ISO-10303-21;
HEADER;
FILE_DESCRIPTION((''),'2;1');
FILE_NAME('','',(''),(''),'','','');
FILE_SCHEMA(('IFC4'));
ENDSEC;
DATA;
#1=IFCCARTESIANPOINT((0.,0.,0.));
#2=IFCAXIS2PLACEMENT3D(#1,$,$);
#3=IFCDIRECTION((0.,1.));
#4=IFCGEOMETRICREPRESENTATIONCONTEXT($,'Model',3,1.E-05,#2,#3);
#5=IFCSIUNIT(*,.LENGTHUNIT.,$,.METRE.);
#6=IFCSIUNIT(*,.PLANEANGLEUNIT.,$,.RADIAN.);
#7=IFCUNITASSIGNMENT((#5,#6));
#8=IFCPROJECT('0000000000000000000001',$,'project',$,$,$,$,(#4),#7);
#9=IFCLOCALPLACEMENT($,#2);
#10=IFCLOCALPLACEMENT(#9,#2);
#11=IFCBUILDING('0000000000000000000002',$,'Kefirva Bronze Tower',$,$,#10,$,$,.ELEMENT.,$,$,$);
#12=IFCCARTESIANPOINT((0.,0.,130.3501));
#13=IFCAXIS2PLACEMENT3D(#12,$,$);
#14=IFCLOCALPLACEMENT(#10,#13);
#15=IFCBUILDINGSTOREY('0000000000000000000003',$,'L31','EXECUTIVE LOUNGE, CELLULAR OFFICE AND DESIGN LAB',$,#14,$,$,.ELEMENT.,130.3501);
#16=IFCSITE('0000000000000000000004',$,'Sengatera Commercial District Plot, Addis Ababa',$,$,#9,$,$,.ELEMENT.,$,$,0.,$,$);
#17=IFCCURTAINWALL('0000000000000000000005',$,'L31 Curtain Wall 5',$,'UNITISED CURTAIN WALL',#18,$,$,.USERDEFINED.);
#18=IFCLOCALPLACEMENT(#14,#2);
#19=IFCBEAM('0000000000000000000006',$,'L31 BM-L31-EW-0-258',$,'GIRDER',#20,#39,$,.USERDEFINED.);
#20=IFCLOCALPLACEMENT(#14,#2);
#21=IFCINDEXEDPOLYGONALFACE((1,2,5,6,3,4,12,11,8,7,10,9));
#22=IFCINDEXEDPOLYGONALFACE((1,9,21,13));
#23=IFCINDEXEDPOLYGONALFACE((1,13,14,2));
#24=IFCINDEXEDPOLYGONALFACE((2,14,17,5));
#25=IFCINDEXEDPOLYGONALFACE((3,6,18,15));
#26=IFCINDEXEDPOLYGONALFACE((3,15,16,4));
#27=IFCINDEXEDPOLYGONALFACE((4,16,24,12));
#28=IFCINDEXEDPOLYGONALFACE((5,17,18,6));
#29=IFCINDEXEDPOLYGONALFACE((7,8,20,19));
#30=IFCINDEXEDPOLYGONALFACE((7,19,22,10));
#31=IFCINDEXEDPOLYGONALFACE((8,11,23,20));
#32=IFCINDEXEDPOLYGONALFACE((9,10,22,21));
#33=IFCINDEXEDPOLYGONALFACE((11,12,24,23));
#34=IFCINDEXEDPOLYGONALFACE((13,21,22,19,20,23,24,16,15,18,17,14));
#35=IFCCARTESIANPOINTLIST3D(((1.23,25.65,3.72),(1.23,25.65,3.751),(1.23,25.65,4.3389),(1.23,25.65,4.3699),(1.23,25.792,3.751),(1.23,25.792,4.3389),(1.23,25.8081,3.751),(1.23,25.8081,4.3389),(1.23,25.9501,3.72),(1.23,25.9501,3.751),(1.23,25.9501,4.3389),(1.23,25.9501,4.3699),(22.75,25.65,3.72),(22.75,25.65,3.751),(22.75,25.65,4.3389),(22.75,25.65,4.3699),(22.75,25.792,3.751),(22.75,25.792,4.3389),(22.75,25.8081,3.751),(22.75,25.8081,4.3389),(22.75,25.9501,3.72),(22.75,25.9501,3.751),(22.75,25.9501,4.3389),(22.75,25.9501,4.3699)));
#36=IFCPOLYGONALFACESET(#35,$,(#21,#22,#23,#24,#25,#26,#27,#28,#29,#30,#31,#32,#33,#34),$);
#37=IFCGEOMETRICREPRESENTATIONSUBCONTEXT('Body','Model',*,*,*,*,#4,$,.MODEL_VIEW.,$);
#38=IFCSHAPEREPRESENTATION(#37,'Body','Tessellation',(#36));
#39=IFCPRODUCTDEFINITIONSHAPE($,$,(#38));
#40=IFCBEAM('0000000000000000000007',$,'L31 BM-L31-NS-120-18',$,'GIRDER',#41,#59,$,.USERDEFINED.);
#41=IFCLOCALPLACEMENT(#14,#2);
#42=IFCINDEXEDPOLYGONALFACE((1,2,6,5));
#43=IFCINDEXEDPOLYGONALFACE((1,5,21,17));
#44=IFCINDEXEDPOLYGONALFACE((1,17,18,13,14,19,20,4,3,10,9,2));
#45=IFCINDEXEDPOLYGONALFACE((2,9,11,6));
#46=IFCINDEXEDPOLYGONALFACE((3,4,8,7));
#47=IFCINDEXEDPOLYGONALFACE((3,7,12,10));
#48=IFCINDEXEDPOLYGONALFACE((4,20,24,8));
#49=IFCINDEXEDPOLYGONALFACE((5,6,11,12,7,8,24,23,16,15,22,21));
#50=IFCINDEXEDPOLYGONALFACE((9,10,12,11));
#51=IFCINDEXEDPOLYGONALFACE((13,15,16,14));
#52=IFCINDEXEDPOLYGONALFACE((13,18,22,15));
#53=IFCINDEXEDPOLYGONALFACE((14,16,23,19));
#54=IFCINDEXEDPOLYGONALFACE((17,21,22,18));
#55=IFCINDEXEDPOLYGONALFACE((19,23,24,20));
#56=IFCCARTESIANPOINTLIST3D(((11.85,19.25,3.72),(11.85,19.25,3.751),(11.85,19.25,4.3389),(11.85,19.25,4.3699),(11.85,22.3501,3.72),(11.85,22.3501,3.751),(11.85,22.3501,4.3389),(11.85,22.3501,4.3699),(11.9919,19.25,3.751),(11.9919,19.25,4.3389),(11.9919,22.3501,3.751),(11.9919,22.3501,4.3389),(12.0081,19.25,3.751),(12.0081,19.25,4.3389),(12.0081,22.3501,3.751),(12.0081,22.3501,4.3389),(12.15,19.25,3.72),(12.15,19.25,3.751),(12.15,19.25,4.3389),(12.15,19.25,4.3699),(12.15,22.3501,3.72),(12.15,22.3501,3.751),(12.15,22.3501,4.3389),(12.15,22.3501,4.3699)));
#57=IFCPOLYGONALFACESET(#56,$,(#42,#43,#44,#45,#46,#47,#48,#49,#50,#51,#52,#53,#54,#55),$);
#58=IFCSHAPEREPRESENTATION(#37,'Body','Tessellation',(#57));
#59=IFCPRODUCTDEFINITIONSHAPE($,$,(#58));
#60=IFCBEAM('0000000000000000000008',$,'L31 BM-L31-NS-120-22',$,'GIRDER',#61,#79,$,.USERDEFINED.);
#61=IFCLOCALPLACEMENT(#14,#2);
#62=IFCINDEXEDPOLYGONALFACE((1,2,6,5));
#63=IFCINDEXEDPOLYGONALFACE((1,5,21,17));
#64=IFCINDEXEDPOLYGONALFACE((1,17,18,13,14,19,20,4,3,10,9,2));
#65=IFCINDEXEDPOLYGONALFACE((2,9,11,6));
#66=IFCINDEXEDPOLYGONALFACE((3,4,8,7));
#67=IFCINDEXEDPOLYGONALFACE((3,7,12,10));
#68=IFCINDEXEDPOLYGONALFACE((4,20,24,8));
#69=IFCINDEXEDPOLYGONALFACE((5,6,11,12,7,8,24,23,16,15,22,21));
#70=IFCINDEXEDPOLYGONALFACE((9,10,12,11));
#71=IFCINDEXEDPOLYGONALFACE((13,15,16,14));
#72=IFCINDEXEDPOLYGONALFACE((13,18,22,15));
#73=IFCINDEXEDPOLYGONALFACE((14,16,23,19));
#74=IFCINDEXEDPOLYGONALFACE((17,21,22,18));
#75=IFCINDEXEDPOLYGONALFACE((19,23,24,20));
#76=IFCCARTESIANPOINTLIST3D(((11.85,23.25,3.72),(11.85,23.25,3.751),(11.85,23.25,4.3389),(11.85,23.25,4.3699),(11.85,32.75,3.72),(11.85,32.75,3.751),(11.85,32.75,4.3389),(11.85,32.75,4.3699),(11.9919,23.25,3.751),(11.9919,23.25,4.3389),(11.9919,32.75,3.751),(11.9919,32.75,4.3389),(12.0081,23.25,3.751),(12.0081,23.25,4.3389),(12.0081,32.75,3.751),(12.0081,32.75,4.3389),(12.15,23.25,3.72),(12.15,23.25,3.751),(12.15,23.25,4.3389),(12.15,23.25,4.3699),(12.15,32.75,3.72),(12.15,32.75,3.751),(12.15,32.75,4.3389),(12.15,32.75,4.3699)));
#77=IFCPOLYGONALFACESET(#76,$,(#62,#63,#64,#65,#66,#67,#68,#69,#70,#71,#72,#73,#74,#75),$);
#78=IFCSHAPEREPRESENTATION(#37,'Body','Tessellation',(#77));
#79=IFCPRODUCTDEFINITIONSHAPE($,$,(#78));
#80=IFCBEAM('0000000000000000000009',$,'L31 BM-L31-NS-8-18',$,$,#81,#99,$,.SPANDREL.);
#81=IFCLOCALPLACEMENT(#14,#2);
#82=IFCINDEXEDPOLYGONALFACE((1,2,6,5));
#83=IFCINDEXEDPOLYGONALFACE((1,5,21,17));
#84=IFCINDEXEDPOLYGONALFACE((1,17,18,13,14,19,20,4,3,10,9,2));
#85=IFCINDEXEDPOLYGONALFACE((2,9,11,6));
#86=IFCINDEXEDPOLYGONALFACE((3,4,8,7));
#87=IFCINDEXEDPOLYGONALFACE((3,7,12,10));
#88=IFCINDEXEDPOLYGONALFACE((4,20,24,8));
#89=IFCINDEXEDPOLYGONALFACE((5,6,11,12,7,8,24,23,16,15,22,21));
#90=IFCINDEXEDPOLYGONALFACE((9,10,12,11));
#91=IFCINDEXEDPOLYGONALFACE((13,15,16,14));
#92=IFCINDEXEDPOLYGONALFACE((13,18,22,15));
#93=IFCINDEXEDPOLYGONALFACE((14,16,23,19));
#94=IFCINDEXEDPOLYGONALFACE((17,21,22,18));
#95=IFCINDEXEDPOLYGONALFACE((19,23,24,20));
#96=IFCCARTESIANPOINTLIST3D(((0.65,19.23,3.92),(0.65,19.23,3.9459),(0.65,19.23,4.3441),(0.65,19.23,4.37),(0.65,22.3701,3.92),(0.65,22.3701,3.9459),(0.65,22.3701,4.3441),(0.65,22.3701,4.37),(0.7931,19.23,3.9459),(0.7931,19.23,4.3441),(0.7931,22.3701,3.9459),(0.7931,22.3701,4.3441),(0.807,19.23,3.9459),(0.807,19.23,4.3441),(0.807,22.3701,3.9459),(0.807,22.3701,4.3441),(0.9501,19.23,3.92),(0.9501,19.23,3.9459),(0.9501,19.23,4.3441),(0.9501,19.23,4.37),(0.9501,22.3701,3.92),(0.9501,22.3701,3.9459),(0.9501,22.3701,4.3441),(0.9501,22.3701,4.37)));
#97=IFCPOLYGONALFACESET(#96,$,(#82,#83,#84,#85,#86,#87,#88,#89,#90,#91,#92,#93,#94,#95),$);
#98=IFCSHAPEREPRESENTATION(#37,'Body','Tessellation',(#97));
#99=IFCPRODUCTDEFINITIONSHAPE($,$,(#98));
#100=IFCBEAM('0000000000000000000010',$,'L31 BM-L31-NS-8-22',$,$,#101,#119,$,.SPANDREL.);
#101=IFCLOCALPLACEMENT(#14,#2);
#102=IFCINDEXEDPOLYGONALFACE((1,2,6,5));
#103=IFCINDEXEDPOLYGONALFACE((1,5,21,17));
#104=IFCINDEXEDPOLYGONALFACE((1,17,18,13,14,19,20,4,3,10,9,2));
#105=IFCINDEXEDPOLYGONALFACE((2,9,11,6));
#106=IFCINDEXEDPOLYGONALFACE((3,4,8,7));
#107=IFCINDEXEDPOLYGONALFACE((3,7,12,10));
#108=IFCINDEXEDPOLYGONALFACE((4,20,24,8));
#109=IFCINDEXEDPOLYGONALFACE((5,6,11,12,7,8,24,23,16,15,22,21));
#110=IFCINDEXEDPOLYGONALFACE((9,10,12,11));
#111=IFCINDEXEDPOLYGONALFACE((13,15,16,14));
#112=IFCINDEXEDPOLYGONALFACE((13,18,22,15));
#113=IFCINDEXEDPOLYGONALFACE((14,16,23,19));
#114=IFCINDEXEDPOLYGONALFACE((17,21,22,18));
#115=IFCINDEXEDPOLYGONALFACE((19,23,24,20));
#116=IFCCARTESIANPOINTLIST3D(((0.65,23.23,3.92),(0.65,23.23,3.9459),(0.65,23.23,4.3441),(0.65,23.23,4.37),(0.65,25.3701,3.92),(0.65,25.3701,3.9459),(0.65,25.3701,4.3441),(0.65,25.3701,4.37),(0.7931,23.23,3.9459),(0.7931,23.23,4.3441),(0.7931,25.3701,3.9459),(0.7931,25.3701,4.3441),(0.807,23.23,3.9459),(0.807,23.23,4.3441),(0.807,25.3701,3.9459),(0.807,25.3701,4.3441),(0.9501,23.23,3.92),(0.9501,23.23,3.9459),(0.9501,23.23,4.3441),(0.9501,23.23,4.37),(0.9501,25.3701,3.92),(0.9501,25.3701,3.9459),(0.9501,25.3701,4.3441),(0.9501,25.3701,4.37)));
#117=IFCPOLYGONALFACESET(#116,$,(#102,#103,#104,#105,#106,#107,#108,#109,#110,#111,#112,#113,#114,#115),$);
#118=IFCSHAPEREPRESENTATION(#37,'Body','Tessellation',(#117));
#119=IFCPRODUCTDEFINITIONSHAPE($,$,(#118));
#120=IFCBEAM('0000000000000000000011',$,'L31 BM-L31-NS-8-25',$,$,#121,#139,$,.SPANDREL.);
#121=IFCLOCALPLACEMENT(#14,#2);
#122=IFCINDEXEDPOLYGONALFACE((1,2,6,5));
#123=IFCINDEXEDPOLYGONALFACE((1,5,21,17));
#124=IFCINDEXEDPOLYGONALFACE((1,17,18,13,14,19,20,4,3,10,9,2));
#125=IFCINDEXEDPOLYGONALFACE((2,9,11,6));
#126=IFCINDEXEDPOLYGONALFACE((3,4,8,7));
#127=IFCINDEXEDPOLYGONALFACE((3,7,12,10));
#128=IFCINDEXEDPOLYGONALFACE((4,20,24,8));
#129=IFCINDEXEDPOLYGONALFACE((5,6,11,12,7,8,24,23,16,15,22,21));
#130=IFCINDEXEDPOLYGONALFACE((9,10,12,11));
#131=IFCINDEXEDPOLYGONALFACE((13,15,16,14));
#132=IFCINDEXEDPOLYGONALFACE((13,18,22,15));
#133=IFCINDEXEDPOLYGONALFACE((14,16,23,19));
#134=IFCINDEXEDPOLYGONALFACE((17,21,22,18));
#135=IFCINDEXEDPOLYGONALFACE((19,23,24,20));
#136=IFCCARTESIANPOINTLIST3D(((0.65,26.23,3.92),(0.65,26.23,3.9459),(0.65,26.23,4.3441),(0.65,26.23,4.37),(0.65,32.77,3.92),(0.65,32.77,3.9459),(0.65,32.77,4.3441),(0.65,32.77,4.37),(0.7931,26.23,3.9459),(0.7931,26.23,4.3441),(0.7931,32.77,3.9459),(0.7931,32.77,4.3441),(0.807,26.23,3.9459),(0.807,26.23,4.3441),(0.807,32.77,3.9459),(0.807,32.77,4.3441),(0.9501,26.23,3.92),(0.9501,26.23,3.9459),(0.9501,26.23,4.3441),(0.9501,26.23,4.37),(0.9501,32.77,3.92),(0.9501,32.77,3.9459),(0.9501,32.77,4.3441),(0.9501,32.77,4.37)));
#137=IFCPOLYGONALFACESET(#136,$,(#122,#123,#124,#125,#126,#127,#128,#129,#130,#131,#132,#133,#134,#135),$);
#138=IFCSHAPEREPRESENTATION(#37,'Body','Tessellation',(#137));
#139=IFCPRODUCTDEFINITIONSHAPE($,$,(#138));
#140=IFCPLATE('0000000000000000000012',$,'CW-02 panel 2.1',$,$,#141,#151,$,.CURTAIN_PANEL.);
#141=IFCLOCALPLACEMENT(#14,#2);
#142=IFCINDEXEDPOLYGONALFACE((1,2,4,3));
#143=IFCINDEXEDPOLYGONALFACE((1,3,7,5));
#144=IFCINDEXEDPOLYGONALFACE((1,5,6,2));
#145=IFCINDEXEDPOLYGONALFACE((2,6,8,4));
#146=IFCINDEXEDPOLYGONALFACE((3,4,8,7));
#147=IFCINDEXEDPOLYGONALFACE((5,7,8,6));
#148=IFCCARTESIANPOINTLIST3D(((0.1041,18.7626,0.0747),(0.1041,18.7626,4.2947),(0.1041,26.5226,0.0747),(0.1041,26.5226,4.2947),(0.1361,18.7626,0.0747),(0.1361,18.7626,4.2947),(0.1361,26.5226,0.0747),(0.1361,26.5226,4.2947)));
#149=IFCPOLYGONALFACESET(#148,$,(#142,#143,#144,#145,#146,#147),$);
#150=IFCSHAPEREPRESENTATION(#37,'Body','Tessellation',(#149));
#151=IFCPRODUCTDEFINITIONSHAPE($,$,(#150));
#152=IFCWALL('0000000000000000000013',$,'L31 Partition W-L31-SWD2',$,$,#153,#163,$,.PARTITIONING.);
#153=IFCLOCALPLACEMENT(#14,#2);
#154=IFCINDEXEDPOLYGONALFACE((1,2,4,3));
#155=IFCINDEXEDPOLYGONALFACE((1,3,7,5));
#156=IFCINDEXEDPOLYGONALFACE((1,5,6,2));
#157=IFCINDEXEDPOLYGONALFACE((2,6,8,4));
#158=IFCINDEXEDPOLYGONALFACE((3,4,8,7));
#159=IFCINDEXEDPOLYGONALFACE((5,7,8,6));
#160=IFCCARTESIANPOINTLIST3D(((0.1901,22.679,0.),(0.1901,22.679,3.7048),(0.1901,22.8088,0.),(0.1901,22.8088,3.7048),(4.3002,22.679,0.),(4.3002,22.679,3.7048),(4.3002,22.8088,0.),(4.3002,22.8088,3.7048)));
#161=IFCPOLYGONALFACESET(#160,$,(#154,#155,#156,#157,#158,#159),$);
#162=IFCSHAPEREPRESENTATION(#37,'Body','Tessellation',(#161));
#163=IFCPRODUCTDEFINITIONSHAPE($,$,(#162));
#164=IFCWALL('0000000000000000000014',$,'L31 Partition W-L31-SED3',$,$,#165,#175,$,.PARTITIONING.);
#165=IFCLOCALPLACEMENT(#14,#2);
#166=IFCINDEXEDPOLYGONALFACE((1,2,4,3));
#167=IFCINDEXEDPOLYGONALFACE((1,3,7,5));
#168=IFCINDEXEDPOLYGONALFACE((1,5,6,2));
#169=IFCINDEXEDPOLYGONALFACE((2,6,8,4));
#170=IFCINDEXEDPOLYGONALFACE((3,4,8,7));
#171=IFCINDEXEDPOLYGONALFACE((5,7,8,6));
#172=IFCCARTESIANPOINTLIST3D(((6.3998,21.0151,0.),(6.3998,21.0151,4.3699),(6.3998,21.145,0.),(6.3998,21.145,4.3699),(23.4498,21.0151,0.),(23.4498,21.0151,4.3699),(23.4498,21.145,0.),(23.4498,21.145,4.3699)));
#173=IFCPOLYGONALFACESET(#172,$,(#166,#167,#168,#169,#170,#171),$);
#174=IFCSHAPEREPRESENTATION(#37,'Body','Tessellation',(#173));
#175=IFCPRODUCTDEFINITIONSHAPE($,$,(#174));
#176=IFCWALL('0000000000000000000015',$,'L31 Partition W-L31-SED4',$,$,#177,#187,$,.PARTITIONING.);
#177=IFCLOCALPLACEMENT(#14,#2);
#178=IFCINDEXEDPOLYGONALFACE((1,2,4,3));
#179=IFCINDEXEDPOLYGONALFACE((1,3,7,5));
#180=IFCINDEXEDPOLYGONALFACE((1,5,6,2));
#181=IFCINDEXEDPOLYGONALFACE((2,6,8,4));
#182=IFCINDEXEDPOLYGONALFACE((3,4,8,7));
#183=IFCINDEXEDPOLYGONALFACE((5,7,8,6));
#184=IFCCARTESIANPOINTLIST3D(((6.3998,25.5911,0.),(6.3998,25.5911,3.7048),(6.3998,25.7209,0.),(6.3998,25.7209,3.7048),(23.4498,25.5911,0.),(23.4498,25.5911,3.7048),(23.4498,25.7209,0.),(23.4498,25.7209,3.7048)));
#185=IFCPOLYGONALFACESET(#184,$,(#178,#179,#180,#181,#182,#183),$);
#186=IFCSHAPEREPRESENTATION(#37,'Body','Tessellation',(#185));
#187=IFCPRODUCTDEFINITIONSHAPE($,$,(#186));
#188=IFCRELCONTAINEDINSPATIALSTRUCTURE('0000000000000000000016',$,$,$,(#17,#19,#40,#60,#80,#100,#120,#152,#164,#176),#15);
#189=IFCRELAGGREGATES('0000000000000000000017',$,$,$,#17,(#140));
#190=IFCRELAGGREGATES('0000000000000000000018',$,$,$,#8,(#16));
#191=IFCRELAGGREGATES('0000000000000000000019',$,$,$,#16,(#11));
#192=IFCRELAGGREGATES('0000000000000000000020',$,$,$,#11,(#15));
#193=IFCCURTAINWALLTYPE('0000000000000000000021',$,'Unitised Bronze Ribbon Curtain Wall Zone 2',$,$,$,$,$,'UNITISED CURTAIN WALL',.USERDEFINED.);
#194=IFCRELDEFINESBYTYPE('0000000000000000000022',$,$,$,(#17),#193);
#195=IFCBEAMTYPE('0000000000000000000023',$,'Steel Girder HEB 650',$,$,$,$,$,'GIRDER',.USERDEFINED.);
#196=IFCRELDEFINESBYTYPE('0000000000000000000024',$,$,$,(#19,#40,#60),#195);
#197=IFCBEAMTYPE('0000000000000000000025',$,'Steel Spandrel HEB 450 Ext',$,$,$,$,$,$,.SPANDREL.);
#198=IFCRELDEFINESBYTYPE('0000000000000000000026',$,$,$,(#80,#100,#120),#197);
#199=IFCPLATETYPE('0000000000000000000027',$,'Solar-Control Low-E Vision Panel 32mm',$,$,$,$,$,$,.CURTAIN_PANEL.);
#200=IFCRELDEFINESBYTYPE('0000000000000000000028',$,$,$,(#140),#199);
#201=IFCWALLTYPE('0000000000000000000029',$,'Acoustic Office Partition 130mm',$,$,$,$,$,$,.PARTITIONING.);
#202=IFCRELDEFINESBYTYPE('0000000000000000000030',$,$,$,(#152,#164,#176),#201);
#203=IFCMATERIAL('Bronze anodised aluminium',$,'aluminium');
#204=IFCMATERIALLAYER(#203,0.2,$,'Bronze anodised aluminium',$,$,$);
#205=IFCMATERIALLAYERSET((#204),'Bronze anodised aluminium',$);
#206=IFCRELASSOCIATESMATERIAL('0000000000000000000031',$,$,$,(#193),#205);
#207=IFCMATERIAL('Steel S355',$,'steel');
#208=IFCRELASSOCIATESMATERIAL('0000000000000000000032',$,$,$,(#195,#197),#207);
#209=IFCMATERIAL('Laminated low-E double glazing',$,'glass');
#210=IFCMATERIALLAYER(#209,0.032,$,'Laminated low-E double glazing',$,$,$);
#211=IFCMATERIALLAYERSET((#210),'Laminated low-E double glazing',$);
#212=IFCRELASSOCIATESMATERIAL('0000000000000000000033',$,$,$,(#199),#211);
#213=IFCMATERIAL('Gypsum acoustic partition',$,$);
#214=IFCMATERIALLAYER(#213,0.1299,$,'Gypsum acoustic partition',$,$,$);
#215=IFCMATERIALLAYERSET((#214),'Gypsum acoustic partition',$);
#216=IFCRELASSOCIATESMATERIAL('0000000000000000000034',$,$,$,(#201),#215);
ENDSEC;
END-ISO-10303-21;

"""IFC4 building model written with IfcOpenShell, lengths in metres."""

from ifc_helpers import new_model, si_unit, direction, frame, frame_2d, origin, origin_2d, place, context, subcontext, project, spatial, rectangle, i_section, extrude, material, layer, layer_set, material_profile, profile_set, type_object, element, aggregate, save


model = new_model("IFC4")

# Units and contexts
model_context = context("Model", 3, precision=1e-05, world=origin(), true_north=direction((0.0, 1.0)))
body_context = subcontext(model_context, "Body", "Model", "MODEL_VIEW")
ifc_project = project(units=[si_unit("LENGTHUNIT", "METRE"), si_unit("PLANEANGLEUNIT", "RADIAN")], contexts=[model_context])

# Site, building, storey
site_placement = place(None, origin())
site = spatial("IfcSite", under=ifc_project, at=site_placement, Name="Sengatera Commercial District Plot, Addis Ababa", CompositionType="ELEMENT", RefElevation=0.0)
building_placement = place(site_placement, origin())
building = spatial("IfcBuilding", under=site, at=building_placement, Name="Kefirva Bronze Tower", CompositionType="ELEMENT")
storey_placement = place(building_placement, frame((0.0, 0.0, 130.3501)))
storey = spatial("IfcBuildingStorey", under=building, at=storey_placement, Name="L31", Description="EXECUTIVE LOUNGE, CELLULAR OFFICE AND DESIGN LAB", CompositionType="ELEMENT", Elevation=130.3501)

# Curtain wall
ifc_material_1 = material(Name="Bronze anodised aluminium", Category="aluminium")
ifc_layer_1 = layer(ifc_material_1, 0.2, Name="Bronze anodised aluminium")
ifc_layer_set_1 = layer_set([ifc_layer_1], Name="Bronze anodised aluminium")
curtain_wall_type = type_object("IfcCurtainWallType", Name="Unitised Bronze Ribbon Curtain Wall Zone 2", ElementType="UNITISED CURTAIN WALL", PredefinedType="USERDEFINED", material=ifc_layer_set_1)
curtain_wall_placement = place(storey_placement, origin())
curtain_wall = element("IfcCurtainWall", 1, at=curtain_wall_placement, inside=storey, type_object=curtain_wall_type, Name="L31 Curtain Wall 5", ObjectType="UNITISED CURTAIN WALL", PredefinedType="USERDEFINED")

# Beams
ifc_material_2 = material(Name="Steel S355", Category="steel")
ifc_material_profile_1 = material_profile(ifc_material_2, i_section(OverallWidth=0.3, OverallDepth=0.6499, WebThickness=0.0161, FlangeThickness=0.031, at=origin_2d()), Name="HEB 650")
ifc_profile_set_1 = profile_set([ifc_material_profile_1], Name="Steel S355")
beam_type_1 = type_object("IfcBeamType", Name="Steel Girder HEB 650", ElementType="GIRDER", PredefinedType="USERDEFINED", material=ifc_profile_set_1)
beam_1_placement = place(storey_placement, frame((1.23, 25.8, 4.0449), z_axis=(1.0, 0.0, 0.0), x_axis=(0.0, 1.0, 0.0)))
element("IfcBeam", 2, at=beam_1_placement, inside=storey, type_object=beam_type_1, Name="L31 BM-L31-EW-0-258", ObjectType="GIRDER", PredefinedType="USERDEFINED", context=body_context, shape_type="SweptSolid", body=[
    extrude(i_section(OverallWidth=0.3, OverallDepth=0.6499, WebThickness=0.0161, FlangeThickness=0.031, at=origin_2d()), origin(), (0.0, 0.0, 1.0), 21.52),
])
beam_2_placement = place(storey_placement, frame((12.0, 19.25, 4.0449), z_axis=(0.0, 1.0, 0.0), x_axis=(-1.0, 0.0, 0.0)))
element("IfcBeam", 3, at=beam_2_placement, inside=storey, type_object=beam_type_1, Name="L31 BM-L31-NS-120-18", ObjectType="GIRDER", PredefinedType="USERDEFINED", context=body_context, shape_type="SweptSolid", body=[
    extrude(i_section(OverallWidth=0.3, OverallDepth=0.6499, WebThickness=0.0161, FlangeThickness=0.031, at=origin_2d()), origin(), (0.0, 0.0, 1.0), 3.1001),
])
beam_3_placement = place(storey_placement, frame((12.0, 23.25, 4.0449), z_axis=(0.0, 1.0, 0.0), x_axis=(-1.0, 0.0, 0.0)))
element("IfcBeam", 4, at=beam_3_placement, inside=storey, type_object=beam_type_1, Name="L31 BM-L31-NS-120-22", ObjectType="GIRDER", PredefinedType="USERDEFINED", context=body_context, shape_type="SweptSolid", body=[
    extrude(i_section(OverallWidth=0.3, OverallDepth=0.6499, WebThickness=0.0161, FlangeThickness=0.031, at=origin_2d()), origin(), (0.0, 0.0, 1.0), 9.5),
])
ifc_material_profile_2 = material_profile(ifc_material_2, i_section(OverallWidth=0.3, OverallDepth=0.45, WebThickness=0.0139, FlangeThickness=0.0259, at=origin_2d()), Name="HEB 450")
ifc_profile_set_2 = profile_set([ifc_material_profile_2], Name="Steel S355")
beam_type_2 = type_object("IfcBeamType", Name="Steel Spandrel HEB 450 Ext", PredefinedType="SPANDREL", material=ifc_profile_set_2)
beam_4_placement = place(storey_placement, frame((0.8, 19.23, 4.145), z_axis=(0.0, 1.0, 0.0), x_axis=(-1.0, 0.0, 0.0)))
element("IfcBeam", 5, at=beam_4_placement, inside=storey, type_object=beam_type_2, Name="L31 BM-L31-NS-8-18", PredefinedType="SPANDREL", context=body_context, shape_type="SweptSolid", body=[
    extrude(i_section(OverallWidth=0.3, OverallDepth=0.45, WebThickness=0.0139, FlangeThickness=0.0259, at=origin_2d()), origin(), (0.0, 0.0, 1.0), 3.1401),
])
beam_5_placement = place(storey_placement, frame((0.8, 23.23, 4.145), z_axis=(0.0, 1.0, 0.0), x_axis=(-1.0, 0.0, 0.0)))
element("IfcBeam", 6, at=beam_5_placement, inside=storey, type_object=beam_type_2, Name="L31 BM-L31-NS-8-22", PredefinedType="SPANDREL", context=body_context, shape_type="SweptSolid", body=[
    extrude(i_section(OverallWidth=0.3, OverallDepth=0.45, WebThickness=0.0139, FlangeThickness=0.0259, at=origin_2d()), origin(), (0.0, 0.0, 1.0), 2.1401),
])
beam_6_placement = place(storey_placement, frame((0.8, 26.23, 4.145), z_axis=(0.0, 1.0, 0.0), x_axis=(-1.0, 0.0, 0.0)))
element("IfcBeam", 7, at=beam_6_placement, inside=storey, type_object=beam_type_2, Name="L31 BM-L31-NS-8-25", PredefinedType="SPANDREL", context=body_context, shape_type="SweptSolid", body=[
    extrude(i_section(OverallWidth=0.3, OverallDepth=0.45, WebThickness=0.0139, FlangeThickness=0.0259, at=origin_2d()), origin(), (0.0, 0.0, 1.0), 6.54),
])

# Plate
ifc_material_3 = material(Name="Laminated low-E double glazing", Category="glass")
ifc_layer_2 = layer(ifc_material_3, 0.032, Name="Laminated low-E double glazing")
ifc_layer_set_2 = layer_set([ifc_layer_2], Name="Laminated low-E double glazing")
plate_type = type_object("IfcPlateType", Name="Solar-Control Low-E Vision Panel 32mm", PredefinedType="CURTAIN_PANEL", material=ifc_layer_set_2)
plate_placement = place(storey_placement, frame((0.1201, 22.6426, 0.0747), z_axis=(0.0, 0.0, 1.0), x_axis=(0.0, -1.0, 0.0)))
plate = element("IfcPlate", 8, at=plate_placement, type_object=plate_type, Name="CW-02 panel 2.1", PredefinedType="CURTAIN_PANEL", context=body_context, shape_type="SweptSolid", body=[
    extrude(rectangle(XDim=7.76, YDim=0.032, at=origin_2d()), origin(), (0.0, 0.0, 1.0), 4.22),
])
aggregate(curtain_wall, [plate])

# Walls
ifc_material_4 = material(Name="Gypsum acoustic partition")
ifc_layer_3 = layer(ifc_material_4, 0.1299, Name="Gypsum acoustic partition")
ifc_layer_set_3 = layer_set([ifc_layer_3], Name="Gypsum acoustic partition")
wall_type_1 = type_object("IfcWallType", Name="Acoustic Office Partition 130mm", PredefinedType="PARTITIONING", material=ifc_layer_set_3)
wall_1_placement = place(storey_placement, frame((0.1899, 22.7439, 0.0), z_axis=(0.0, 0.0, 1.0), x_axis=(1.0, 0.0, 0.0)))
element("IfcWall", 9, at=wall_1_placement, inside=storey, type_object=wall_type_1, Name="L31 Partition W-L31-SWD2", PredefinedType="PARTITIONING", context=body_context, shape_type="SweptSolid", body=[
    extrude(rectangle(XDim=4.1101, YDim=0.1299, at=frame_2d((2.0552, 0.0))), origin(), (0.0, 0.0, 1.0), 3.7048),
])
wall_2_placement = place(storey_placement, frame((6.3999, 21.0801, 0.0), z_axis=(0.0, 0.0, 1.0), x_axis=(1.0, 0.0, 0.0)))
element("IfcWall", 10, at=wall_2_placement, inside=storey, type_object=wall_type_1, Name="L31 Partition W-L31-SED3", PredefinedType="PARTITIONING", context=body_context, shape_type="SweptSolid", body=[
    extrude(rectangle(XDim=17.05, YDim=0.1299, at=frame_2d((8.5249, 0.0))), origin(), (0.0, 0.0, 1.0), 4.3699),
])
wall_3_placement = place(storey_placement, frame((6.3999, 25.656, 0.0), z_axis=(0.0, 0.0, 1.0), x_axis=(1.0, 0.0, 0.0)))
element("IfcWall", 11, at=wall_3_placement, inside=storey, type_object=wall_type_1, Name="L31 Partition W-L31-SED4", PredefinedType="PARTITIONING", context=body_context, shape_type="SweptSolid", body=[
    extrude(rectangle(XDim=17.05, YDim=0.1299, at=frame_2d((8.5249, 0.0))), origin(), (0.0, 0.0, 1.0), 3.7048),
])

save(model, "model.ifc")
